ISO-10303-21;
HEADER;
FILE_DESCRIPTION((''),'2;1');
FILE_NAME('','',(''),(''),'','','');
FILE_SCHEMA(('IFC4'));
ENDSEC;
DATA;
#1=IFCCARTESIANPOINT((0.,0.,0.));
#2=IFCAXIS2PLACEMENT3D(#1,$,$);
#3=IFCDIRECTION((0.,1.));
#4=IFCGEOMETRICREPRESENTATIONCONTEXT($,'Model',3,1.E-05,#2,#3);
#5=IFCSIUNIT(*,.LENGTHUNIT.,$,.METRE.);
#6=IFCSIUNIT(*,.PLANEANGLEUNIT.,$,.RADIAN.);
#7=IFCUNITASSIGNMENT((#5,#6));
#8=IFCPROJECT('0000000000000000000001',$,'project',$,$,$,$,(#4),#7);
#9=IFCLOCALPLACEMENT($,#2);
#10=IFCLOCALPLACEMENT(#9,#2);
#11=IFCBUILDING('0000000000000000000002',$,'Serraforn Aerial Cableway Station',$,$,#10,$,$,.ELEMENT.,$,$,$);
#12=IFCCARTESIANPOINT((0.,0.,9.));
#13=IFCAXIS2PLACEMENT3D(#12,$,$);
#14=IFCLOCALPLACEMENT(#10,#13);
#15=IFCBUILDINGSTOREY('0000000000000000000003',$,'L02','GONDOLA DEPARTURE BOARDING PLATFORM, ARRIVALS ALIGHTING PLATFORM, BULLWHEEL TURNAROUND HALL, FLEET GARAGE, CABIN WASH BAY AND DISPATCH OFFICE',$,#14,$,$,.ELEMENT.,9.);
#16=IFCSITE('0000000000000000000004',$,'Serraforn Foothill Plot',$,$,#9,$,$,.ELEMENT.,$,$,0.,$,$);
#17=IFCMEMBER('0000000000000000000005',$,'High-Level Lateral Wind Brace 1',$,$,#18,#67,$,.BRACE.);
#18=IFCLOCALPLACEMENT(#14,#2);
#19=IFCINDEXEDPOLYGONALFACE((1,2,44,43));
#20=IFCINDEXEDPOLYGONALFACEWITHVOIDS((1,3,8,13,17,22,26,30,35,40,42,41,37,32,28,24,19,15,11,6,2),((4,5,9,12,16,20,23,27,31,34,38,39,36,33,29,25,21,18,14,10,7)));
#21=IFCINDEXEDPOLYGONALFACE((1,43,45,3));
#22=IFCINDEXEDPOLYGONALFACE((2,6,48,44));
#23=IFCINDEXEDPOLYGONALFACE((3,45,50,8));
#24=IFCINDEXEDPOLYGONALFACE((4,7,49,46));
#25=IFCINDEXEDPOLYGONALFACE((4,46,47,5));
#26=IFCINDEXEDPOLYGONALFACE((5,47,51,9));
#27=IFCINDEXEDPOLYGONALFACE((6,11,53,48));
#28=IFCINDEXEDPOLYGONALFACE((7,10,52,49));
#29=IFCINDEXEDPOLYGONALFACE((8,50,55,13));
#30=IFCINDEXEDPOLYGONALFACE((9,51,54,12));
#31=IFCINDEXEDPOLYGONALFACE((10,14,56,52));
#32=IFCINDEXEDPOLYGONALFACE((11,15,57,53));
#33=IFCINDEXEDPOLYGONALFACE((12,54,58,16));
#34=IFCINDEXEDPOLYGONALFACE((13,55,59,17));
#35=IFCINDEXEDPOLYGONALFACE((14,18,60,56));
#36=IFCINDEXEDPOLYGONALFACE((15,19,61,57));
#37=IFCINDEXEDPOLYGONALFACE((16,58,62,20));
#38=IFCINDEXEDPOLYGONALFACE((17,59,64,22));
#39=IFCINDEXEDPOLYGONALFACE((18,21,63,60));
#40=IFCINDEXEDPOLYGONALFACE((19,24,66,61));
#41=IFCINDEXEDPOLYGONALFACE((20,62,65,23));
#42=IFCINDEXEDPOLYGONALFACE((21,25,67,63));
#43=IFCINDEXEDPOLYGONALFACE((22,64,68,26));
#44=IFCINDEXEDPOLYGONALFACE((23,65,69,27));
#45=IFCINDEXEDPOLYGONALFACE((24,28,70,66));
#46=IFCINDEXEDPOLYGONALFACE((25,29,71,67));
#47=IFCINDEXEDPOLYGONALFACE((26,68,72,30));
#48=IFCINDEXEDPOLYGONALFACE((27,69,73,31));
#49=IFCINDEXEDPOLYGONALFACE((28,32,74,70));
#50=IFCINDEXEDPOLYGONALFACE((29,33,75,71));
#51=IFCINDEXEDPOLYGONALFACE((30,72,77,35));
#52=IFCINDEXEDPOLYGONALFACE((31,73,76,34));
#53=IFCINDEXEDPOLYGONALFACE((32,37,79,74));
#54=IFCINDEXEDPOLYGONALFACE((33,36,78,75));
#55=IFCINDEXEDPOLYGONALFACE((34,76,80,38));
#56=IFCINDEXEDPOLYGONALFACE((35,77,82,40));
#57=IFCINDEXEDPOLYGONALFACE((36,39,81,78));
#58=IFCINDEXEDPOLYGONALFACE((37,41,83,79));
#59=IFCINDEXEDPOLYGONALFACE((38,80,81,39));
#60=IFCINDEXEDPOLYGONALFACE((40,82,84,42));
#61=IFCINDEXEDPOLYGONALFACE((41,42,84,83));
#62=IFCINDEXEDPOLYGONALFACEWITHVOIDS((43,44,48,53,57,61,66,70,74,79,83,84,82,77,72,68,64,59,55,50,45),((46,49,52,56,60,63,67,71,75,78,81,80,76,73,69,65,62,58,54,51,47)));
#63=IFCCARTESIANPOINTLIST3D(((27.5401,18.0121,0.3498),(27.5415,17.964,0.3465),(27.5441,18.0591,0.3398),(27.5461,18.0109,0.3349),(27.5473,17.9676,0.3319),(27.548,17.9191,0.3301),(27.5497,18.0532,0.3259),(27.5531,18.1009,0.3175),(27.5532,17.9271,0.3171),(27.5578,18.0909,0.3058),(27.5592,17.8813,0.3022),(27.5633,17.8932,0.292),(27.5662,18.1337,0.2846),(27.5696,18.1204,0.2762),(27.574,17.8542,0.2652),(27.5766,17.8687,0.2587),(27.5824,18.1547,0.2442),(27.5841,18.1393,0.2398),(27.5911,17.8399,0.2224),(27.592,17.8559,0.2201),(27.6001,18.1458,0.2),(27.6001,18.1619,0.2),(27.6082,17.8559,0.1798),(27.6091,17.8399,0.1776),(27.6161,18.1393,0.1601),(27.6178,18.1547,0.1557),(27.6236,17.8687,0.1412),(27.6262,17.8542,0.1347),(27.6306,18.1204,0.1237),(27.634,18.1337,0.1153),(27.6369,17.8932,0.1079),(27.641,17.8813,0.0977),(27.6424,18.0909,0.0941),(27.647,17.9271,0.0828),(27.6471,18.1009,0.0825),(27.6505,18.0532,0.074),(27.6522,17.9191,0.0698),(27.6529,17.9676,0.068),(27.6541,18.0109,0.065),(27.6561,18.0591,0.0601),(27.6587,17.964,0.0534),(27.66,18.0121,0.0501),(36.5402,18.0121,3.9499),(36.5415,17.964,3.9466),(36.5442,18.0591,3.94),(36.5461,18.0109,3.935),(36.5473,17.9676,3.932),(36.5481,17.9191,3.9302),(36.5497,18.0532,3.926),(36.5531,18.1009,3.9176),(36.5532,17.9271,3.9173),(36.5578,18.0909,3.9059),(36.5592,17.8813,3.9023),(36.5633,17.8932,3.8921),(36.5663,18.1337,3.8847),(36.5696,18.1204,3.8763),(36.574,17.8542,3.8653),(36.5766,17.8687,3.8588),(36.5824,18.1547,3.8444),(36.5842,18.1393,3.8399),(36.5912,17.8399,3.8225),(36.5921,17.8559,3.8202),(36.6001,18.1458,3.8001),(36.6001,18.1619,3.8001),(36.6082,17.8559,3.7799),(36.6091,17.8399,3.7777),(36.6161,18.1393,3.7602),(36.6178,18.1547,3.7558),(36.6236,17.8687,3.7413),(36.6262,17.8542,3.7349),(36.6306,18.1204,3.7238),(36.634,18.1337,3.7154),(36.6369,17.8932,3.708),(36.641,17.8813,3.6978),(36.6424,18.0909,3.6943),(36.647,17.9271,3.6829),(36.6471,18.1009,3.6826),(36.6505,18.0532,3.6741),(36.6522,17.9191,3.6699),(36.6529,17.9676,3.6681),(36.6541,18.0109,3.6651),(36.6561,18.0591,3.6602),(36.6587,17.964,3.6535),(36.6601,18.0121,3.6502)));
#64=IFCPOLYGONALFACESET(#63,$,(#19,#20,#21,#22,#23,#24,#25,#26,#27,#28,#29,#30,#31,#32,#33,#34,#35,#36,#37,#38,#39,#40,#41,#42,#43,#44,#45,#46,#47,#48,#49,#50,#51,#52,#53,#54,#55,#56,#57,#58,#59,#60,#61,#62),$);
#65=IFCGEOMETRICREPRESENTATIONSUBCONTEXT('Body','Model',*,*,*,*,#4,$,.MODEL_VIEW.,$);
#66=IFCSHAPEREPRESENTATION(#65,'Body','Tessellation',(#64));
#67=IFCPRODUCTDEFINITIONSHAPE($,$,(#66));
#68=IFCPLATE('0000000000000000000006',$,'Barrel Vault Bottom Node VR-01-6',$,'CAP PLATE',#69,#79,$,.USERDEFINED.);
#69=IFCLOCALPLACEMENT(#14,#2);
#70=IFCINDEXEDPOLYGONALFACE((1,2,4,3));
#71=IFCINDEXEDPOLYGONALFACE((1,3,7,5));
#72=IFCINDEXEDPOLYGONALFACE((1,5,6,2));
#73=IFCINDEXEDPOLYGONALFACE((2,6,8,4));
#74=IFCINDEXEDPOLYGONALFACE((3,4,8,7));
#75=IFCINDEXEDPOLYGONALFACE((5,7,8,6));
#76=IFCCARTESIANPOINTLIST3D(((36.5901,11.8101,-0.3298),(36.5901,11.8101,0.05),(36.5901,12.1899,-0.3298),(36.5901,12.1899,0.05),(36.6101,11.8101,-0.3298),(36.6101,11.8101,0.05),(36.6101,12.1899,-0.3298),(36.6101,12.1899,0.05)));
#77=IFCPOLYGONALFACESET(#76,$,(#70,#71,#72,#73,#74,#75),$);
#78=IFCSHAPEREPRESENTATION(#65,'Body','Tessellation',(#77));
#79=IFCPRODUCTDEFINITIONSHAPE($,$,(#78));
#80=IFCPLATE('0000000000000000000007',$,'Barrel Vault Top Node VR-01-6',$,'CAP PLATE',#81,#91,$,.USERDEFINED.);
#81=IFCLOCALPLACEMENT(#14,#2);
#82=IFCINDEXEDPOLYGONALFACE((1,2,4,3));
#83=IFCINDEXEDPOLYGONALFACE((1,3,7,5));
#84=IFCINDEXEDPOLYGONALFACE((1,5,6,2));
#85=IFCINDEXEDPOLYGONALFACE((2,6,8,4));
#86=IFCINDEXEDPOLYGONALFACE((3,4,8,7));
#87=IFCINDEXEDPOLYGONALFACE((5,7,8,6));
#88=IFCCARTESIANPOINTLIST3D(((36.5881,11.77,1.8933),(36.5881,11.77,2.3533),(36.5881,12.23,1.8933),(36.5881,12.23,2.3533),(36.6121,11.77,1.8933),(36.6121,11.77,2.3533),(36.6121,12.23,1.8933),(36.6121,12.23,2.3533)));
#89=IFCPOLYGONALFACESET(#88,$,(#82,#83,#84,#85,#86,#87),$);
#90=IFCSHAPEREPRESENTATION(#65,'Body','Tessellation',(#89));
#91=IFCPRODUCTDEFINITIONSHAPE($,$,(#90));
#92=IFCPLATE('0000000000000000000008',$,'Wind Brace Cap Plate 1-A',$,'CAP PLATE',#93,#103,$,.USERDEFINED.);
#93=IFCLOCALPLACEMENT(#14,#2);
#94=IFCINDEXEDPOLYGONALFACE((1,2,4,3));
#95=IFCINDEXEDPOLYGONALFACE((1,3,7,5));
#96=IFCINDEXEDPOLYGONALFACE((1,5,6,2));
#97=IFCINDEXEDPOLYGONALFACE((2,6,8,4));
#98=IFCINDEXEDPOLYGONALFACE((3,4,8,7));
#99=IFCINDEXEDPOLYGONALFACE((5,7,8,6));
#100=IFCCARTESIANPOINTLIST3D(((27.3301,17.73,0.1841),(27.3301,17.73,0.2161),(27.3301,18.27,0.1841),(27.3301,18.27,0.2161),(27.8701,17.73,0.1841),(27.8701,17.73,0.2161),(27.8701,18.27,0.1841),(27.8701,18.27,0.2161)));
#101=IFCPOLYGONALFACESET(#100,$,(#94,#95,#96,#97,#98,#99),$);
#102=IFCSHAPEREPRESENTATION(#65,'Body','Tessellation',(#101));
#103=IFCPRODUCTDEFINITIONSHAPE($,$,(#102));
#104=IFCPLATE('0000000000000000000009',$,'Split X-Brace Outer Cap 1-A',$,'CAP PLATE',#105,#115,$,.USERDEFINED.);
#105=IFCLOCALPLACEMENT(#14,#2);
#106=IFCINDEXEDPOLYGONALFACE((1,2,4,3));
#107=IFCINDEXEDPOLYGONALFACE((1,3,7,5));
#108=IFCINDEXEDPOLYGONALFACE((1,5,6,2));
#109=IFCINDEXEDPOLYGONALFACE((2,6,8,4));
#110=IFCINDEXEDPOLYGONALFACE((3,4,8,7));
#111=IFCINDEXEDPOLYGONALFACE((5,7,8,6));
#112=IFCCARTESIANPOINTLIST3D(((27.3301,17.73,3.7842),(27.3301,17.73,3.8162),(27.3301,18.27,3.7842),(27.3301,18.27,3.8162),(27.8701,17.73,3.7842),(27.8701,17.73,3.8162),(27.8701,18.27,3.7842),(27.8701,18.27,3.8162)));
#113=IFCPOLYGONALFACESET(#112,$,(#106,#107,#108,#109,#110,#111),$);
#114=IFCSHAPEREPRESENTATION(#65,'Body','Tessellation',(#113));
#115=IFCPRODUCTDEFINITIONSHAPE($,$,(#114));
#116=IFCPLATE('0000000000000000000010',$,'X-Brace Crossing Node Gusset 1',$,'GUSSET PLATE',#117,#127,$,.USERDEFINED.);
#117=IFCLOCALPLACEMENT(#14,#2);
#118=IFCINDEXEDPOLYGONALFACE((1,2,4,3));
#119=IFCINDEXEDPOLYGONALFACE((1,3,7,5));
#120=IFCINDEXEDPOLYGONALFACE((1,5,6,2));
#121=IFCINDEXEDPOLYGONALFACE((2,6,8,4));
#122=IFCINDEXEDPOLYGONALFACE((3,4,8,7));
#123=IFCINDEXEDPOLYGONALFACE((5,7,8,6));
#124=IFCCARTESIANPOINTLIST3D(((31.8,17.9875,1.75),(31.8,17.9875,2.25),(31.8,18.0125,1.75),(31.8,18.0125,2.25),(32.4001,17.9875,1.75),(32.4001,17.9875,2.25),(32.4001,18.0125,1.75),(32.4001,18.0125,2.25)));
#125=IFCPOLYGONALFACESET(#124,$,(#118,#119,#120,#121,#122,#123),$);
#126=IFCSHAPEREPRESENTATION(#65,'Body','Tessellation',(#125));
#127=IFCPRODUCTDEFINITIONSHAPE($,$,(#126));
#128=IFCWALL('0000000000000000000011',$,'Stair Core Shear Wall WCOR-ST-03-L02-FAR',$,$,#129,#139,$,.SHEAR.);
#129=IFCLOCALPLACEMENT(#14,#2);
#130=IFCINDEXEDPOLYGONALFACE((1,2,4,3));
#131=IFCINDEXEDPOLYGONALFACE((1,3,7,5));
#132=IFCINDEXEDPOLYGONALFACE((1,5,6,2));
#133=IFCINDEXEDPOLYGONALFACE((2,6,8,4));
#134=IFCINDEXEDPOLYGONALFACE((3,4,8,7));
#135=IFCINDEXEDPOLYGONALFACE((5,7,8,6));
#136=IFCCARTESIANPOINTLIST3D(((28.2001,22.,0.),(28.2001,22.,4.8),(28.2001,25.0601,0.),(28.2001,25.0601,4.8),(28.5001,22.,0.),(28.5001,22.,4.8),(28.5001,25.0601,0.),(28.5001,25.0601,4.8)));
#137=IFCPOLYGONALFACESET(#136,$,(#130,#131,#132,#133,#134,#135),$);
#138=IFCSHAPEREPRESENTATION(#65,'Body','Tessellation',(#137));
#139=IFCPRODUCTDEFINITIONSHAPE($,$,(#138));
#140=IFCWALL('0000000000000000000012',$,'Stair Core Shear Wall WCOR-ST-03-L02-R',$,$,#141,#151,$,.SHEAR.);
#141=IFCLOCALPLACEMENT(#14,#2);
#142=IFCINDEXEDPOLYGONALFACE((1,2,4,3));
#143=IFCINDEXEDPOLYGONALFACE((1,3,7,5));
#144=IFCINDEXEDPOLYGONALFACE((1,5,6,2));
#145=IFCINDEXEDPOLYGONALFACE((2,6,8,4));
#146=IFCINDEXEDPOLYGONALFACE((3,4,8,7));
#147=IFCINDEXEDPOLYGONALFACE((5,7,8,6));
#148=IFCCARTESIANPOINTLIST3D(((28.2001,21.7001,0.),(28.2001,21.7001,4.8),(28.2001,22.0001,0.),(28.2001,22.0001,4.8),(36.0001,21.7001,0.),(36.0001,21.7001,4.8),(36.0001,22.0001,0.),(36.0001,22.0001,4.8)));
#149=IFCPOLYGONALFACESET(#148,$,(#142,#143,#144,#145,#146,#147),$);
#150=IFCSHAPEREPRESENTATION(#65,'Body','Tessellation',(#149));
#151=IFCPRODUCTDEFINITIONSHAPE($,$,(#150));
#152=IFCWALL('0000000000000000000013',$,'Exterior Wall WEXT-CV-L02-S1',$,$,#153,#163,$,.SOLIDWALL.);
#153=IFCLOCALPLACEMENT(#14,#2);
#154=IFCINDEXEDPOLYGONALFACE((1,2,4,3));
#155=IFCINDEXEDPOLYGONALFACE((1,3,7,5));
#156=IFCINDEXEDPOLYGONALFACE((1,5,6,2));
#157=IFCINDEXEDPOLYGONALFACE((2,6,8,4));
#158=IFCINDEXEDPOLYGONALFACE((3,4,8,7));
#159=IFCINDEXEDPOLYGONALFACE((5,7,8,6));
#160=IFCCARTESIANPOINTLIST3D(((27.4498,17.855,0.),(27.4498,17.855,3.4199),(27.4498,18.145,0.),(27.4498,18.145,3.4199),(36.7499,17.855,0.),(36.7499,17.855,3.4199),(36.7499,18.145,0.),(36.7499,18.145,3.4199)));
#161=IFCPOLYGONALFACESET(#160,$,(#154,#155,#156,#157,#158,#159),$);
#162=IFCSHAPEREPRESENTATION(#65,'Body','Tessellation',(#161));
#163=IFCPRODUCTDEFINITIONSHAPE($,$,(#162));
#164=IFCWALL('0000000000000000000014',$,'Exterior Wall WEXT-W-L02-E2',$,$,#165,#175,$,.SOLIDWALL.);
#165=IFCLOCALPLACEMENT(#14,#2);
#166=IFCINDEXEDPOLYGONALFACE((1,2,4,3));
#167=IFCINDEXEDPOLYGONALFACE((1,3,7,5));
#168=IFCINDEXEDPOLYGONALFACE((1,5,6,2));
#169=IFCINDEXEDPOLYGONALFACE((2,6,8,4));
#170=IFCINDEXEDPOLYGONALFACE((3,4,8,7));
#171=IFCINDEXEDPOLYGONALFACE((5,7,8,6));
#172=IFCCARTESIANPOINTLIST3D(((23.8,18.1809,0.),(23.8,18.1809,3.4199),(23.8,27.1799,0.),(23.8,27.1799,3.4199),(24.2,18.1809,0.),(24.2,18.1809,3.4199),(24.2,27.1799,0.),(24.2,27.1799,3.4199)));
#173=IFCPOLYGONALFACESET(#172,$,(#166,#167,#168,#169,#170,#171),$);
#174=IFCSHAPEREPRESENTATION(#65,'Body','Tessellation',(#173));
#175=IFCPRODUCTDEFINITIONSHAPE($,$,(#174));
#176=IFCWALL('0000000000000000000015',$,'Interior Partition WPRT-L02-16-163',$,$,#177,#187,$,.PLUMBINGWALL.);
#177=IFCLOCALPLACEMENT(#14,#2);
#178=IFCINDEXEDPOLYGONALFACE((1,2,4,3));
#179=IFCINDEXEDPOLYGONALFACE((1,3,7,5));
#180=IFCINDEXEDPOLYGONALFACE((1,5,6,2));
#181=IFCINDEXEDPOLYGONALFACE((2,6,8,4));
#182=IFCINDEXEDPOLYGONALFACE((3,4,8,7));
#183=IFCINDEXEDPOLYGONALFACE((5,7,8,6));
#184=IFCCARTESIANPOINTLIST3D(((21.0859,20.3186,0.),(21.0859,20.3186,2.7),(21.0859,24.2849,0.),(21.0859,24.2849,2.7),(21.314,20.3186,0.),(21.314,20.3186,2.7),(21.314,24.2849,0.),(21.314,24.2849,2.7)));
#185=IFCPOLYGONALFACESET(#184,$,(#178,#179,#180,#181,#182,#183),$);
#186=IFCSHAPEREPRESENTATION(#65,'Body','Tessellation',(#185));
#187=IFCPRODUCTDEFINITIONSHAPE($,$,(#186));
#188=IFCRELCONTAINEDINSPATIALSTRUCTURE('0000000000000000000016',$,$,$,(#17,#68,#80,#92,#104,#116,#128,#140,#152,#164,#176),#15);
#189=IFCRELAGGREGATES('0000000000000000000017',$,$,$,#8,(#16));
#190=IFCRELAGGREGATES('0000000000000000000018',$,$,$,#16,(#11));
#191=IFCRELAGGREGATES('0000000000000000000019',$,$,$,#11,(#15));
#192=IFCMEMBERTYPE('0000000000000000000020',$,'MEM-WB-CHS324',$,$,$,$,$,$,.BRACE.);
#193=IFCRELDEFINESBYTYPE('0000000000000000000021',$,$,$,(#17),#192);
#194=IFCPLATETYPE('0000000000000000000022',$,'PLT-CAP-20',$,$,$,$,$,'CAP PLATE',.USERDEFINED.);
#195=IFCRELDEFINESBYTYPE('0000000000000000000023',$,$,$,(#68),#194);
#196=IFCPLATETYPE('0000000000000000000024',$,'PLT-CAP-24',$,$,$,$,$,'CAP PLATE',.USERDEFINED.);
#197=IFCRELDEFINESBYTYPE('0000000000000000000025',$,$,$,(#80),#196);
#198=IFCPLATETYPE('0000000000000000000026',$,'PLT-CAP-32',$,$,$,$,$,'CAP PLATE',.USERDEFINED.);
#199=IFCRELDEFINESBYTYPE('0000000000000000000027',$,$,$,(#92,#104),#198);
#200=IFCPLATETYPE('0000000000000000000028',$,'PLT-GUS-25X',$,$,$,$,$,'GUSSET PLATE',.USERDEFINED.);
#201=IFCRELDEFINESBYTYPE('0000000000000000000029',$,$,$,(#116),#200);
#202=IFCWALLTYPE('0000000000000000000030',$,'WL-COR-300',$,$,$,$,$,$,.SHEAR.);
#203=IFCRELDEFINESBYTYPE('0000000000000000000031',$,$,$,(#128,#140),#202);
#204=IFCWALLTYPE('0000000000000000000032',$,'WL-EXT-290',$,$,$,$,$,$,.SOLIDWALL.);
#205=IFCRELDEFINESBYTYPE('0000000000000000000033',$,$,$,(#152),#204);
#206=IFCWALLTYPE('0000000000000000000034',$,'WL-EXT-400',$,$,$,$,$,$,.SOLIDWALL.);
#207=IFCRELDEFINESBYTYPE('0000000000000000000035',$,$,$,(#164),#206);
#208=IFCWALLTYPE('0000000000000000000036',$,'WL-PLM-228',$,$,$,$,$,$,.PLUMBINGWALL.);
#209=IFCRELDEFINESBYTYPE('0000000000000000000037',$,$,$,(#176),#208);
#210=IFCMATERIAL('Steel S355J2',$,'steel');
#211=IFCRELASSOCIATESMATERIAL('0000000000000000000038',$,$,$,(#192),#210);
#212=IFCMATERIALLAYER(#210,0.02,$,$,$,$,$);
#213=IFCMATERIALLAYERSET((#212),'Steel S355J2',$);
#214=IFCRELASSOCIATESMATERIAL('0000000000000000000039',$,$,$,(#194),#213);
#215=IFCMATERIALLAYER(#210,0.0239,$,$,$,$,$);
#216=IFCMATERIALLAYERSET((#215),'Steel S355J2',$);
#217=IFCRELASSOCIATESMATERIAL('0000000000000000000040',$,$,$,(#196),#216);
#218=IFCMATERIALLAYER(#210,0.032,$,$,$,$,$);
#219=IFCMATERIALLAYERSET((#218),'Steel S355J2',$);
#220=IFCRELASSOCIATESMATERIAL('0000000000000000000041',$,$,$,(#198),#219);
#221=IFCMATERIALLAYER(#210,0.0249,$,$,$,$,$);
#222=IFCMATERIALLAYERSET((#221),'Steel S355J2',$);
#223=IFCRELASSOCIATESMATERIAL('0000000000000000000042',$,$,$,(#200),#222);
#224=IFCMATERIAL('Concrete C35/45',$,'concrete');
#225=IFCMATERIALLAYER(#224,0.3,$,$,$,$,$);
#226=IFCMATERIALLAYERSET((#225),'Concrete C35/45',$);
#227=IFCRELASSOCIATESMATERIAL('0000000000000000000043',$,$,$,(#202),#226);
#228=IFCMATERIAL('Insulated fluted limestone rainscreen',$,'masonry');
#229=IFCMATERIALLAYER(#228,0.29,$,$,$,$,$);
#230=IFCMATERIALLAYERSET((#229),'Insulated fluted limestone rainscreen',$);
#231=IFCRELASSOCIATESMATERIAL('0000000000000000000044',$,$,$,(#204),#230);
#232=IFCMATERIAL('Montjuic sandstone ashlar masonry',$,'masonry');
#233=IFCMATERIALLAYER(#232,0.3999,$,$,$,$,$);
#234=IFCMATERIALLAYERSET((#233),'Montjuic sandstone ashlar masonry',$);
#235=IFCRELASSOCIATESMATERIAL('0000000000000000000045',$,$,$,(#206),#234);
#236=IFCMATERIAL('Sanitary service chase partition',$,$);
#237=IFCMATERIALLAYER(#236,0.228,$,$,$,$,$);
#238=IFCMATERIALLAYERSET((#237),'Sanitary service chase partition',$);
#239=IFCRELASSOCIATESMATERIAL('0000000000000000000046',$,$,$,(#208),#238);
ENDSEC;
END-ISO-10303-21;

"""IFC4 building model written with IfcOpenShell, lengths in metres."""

from ifc_helpers import new_model, si_unit, direction, frame, frame_2d, origin, origin_2d, place, context, subcontext, project, spatial, rectangle, hollow_circle, extrude, material, layer, layer_set, material_profile, profile_set, type_object, element, save


model = new_model("IFC4")

# Units and contexts
model_context = context("Model", 3, precision=1e-05, world=origin(), true_north=direction((0.0, 1.0)))
body_context = subcontext(model_context, "Body", "Model", "MODEL_VIEW")
ifc_project = project(units=[si_unit("LENGTHUNIT", "METRE"), si_unit("PLANEANGLEUNIT", "RADIAN")], contexts=[model_context])

# Site, building, storey
site_placement = place(None, origin())
site = spatial("IfcSite", under=ifc_project, at=site_placement, Name="Serraforn Foothill Plot", CompositionType="ELEMENT", RefElevation=0.0)
building_placement = place(site_placement, origin())
building = spatial("IfcBuilding", under=site, at=building_placement, Name="Serraforn Aerial Cableway Station", CompositionType="ELEMENT")
storey_placement = place(building_placement, frame((0.0, 0.0, 9.0)))
storey = spatial("IfcBuildingStorey", under=building, at=storey_placement, Name="L02", Description="GONDOLA DEPARTURE BOARDING PLATFORM, ARRIVALS ALIGHTING PLATFORM, BULLWHEEL TURNAROUND HALL, FLEET GARAGE, CABIN WASH BAY AND DISPATCH OFFICE", CompositionType="ELEMENT", Elevation=9.0)

# Shared definitions
ifc_material_1 = material(Name="Steel S355J2", Category="steel")

# Shared definitions
ifc_material_2 = material(Name="Concrete C35/45", Category="concrete")

# Member
ifc_material_profile_1 = material_profile(ifc_material_1, hollow_circle(Radius=0.1619, WallThickness=0.0161, at=origin_2d()), Name="CHS 323.9x16.0")
ifc_profile_set_1 = profile_set([ifc_material_profile_1], Name="Steel S355J2")
member_type_1 = type_object("IfcMemberType", Name="MEM-WB-CHS324", PredefinedType="BRACE", material=ifc_profile_set_1)
member_1_placement = place(storey_placement, frame((27.6001, 18.0, 0.2), z_axis=(0.928473, 0.0, 0.371399), x_axis=(0.0, 1.0, 0.0)))
element("IfcMember", 1, at=member_1_placement, inside=storey, type_object=member_type_1, Name="High-Level Lateral Wind Brace 1", PredefinedType="BRACE", context=body_context, shape_type="SweptSolid", body=[
    extrude(hollow_circle(Radius=0.1619, WallThickness=0.0161, at=origin_2d()), origin(), (0.0, 0.0, 1.0), 9.6934),
])

# Plates
ifc_layer_1 = layer(ifc_material_1, 0.02)
ifc_layer_set_1 = layer_set([ifc_layer_1], Name="Steel S355J2")
plate_type_1 = type_object("IfcPlateType", Name="PLT-CAP-20", ElementType="CAP PLATE", PredefinedType="USERDEFINED", material=ifc_layer_set_1)
plate_1_placement = place(storey_placement, frame((36.6001, 12.0, -0.3298), z_axis=(0.0, 0.0, 1.0), x_axis=(1.0, 0.0, 0.0)))
element("IfcPlate", 2, at=plate_1_placement, inside=storey, type_object=plate_type_1, Name="Barrel Vault Bottom Node VR-01-6", ObjectType="CAP PLATE", PredefinedType="USERDEFINED", context=body_context, shape_type="SweptSolid", body=[
    extrude(rectangle(XDim=0.02, YDim=0.3799, at=origin_2d()), origin(), (0.0, 0.0, 1.0), 0.3799),
])
ifc_layer_2 = layer(ifc_material_1, 0.0239)
ifc_layer_set_2 = layer_set([ifc_layer_2], Name="Steel S355J2")
plate_type_2 = type_object("IfcPlateType", Name="PLT-CAP-24", ElementType="CAP PLATE", PredefinedType="USERDEFINED", material=ifc_layer_set_2)
plate_2_placement = place(storey_placement, frame((36.6001, 12.0, 1.8933), z_axis=(0.0, 0.0, 1.0), x_axis=(1.0, 0.0, 0.0)))
element("IfcPlate", 3, at=plate_2_placement, inside=storey, type_object=plate_type_2, Name="Barrel Vault Top Node VR-01-6", ObjectType="CAP PLATE", PredefinedType="USERDEFINED", context=body_context, shape_type="SweptSolid", body=[
    extrude(rectangle(XDim=0.0239, YDim=0.46, at=origin_2d()), origin(), (0.0, 0.0, 1.0), 0.46),
])
ifc_layer_3 = layer(ifc_material_1, 0.032)
ifc_layer_set_3 = layer_set([ifc_layer_3], Name="Steel S355J2")
plate_type_3 = type_object("IfcPlateType", Name="PLT-CAP-32", ElementType="CAP PLATE", PredefinedType="USERDEFINED", material=ifc_layer_set_3)
for number, where, z_axis, x_axis, name in (
    (4, (27.6001, 18.0, 0.1841), (0.0, 0.0, 1.0), (1.0, 0.0, 0.0), "Wind Brace Cap Plate 1-A"),
    (5, (27.6001, 18.0, 3.7842), (0.0, 0.0, 1.0), (1.0, 0.0, 0.0), "Split X-Brace Outer Cap 1-A"),
):
    element("IfcPlate", number, at=place(storey_placement, frame(where, z_axis=z_axis, x_axis=x_axis)), inside=storey, type_object=plate_type_3, Name=name, ObjectType="CAP PLATE", PredefinedType="USERDEFINED", context=body_context, shape_type="SweptSolid", body=[
        extrude(rectangle(XDim=0.54, YDim=0.54, at=origin_2d()), origin(), (0.0, 0.0, 1.0), 0.032),
    ])
ifc_layer_4 = layer(ifc_material_1, 0.0249)
ifc_layer_set_4 = layer_set([ifc_layer_4], Name="Steel S355J2")
plate_type_4 = type_object("IfcPlateType", Name="PLT-GUS-25X", ElementType="GUSSET PLATE", PredefinedType="USERDEFINED", material=ifc_layer_set_4)
plate_3_placement = place(storey_placement, frame((32.1001, 18.0, 1.75), z_axis=(0.0, 0.0, 1.0), x_axis=(1.0, 0.0, 0.0)))
element("IfcPlate", 6, at=plate_3_placement, inside=storey, type_object=plate_type_4, Name="X-Brace Crossing Node Gusset 1", ObjectType="GUSSET PLATE", PredefinedType="USERDEFINED", context=body_context, shape_type="SweptSolid", body=[
    extrude(rectangle(XDim=0.6001, YDim=0.0249, at=origin_2d()), origin(), (0.0, 0.0, 1.0), 0.5),
])

# Shared definitions
ifc_layer_5 = layer(ifc_material_2, 0.3)
ifc_layer_set_5 = layer_set([ifc_layer_5], Name="Concrete C35/45")
wall_type_1 = type_object("IfcWallType", Name="WL-COR-300", PredefinedType="SHEAR", material=ifc_layer_set_5)

# Walls
wall_1_placement = place(storey_placement, frame((28.3501, 25.0601, 0.0), z_axis=(0.0, 0.0, 1.0), x_axis=(0.0, -1.0, 0.0)))
element("IfcWall", 7, at=wall_1_placement, inside=storey, type_object=wall_type_1, Name="Stair Core Shear Wall WCOR-ST-03-L02-FAR", PredefinedType="SHEAR", context=body_context, shape_type="SweptSolid", body=[
    extrude(rectangle(XDim=3.0601, YDim=0.3, at=frame_2d((1.53, 0.0))), origin(), (0.0, 0.0, 1.0), 4.8),
])
wall_2_placement = place(storey_placement, frame((36.0, 21.8501, 0.0), z_axis=(0.0, 0.0, 1.0), x_axis=(-1.0, 0.0, 0.0)))
element("IfcWall", 8, at=wall_2_placement, inside=storey, type_object=wall_type_1, Name="Stair Core Shear Wall WCOR-ST-03-L02-R", PredefinedType="SHEAR", context=body_context, shape_type="SweptSolid", body=[
    extrude(rectangle(XDim=7.8, YDim=0.3, at=frame_2d((3.8999, 0.0))), origin(), (0.0, 0.0, 1.0), 4.8),
])
ifc_material_3 = material(Name="Insulated fluted limestone rainscreen", Category="masonry")
ifc_layer_6 = layer(ifc_material_3, 0.29)
ifc_layer_set_6 = layer_set([ifc_layer_6], Name="Insulated fluted limestone rainscreen")
wall_type_2 = type_object("IfcWallType", Name="WL-EXT-290", PredefinedType="SOLIDWALL", material=ifc_layer_set_6)
wall_3_placement = place(storey_placement, frame((27.45, 18.0, 0.0), z_axis=(0.0, 0.0, 1.0), x_axis=(1.0, 0.0, 0.0)))
element("IfcWall", 9, at=wall_3_placement, inside=storey, type_object=wall_type_2, Name="Exterior Wall WEXT-CV-L02-S1", PredefinedType="SOLIDWALL", context=body_context, shape_type="SweptSolid", body=[
    extrude(rectangle(XDim=9.3, YDim=0.29, at=frame_2d((4.6499, 0.0))), origin(), (0.0, 0.0, 1.0), 3.4199),
])
ifc_material_4 = material(Name="Montjuic sandstone ashlar masonry", Category="masonry")
ifc_layer_7 = layer(ifc_material_4, 0.3999)
ifc_layer_set_7 = layer_set([ifc_layer_7], Name="Montjuic sandstone ashlar masonry")
wall_type_3 = type_object("IfcWallType", Name="WL-EXT-400", PredefinedType="SOLIDWALL", material=ifc_layer_set_7)
wall_4_placement = place(storey_placement, frame((24.0, 18.1809, 0.0), z_axis=(0.0, 0.0, 1.0), x_axis=(0.0, 1.0, 0.0)))
element("IfcWall", 10, at=wall_4_placement, inside=storey, type_object=wall_type_3, Name="Exterior Wall WEXT-W-L02-E2", PredefinedType="SOLIDWALL", context=body_context, shape_type="SweptSolid", body=[
    extrude(rectangle(XDim=8.999, YDim=0.3999, at=frame_2d((4.4995, 0.0))), origin(), (0.0, 0.0, 1.0), 3.4199),
])
ifc_material_5 = material(Name="Sanitary service chase partition")
ifc_layer_8 = layer(ifc_material_5, 0.228)
ifc_layer_set_8 = layer_set([ifc_layer_8], Name="Sanitary service chase partition")
wall_type_4 = type_object("IfcWallType", Name="WL-PLM-228", PredefinedType="PLUMBINGWALL", material=ifc_layer_set_8)
wall_5_placement = place(storey_placement, frame((21.2, 24.2849, 0.0), z_axis=(0.0, 0.0, 1.0), x_axis=(0.0, -1.0, 0.0)))
element("IfcWall", 11, at=wall_5_placement, inside=storey, type_object=wall_type_4, Name="Interior Partition WPRT-L02-16-163", PredefinedType="PLUMBINGWALL", context=body_context, shape_type="SweptSolid", body=[
    extrude(rectangle(XDim=3.9663, YDim=0.228, at=frame_2d((1.9832, 0.0))), origin(), (0.0, 0.0, 1.0), 2.7),
])

save(model, "model.ifc")
